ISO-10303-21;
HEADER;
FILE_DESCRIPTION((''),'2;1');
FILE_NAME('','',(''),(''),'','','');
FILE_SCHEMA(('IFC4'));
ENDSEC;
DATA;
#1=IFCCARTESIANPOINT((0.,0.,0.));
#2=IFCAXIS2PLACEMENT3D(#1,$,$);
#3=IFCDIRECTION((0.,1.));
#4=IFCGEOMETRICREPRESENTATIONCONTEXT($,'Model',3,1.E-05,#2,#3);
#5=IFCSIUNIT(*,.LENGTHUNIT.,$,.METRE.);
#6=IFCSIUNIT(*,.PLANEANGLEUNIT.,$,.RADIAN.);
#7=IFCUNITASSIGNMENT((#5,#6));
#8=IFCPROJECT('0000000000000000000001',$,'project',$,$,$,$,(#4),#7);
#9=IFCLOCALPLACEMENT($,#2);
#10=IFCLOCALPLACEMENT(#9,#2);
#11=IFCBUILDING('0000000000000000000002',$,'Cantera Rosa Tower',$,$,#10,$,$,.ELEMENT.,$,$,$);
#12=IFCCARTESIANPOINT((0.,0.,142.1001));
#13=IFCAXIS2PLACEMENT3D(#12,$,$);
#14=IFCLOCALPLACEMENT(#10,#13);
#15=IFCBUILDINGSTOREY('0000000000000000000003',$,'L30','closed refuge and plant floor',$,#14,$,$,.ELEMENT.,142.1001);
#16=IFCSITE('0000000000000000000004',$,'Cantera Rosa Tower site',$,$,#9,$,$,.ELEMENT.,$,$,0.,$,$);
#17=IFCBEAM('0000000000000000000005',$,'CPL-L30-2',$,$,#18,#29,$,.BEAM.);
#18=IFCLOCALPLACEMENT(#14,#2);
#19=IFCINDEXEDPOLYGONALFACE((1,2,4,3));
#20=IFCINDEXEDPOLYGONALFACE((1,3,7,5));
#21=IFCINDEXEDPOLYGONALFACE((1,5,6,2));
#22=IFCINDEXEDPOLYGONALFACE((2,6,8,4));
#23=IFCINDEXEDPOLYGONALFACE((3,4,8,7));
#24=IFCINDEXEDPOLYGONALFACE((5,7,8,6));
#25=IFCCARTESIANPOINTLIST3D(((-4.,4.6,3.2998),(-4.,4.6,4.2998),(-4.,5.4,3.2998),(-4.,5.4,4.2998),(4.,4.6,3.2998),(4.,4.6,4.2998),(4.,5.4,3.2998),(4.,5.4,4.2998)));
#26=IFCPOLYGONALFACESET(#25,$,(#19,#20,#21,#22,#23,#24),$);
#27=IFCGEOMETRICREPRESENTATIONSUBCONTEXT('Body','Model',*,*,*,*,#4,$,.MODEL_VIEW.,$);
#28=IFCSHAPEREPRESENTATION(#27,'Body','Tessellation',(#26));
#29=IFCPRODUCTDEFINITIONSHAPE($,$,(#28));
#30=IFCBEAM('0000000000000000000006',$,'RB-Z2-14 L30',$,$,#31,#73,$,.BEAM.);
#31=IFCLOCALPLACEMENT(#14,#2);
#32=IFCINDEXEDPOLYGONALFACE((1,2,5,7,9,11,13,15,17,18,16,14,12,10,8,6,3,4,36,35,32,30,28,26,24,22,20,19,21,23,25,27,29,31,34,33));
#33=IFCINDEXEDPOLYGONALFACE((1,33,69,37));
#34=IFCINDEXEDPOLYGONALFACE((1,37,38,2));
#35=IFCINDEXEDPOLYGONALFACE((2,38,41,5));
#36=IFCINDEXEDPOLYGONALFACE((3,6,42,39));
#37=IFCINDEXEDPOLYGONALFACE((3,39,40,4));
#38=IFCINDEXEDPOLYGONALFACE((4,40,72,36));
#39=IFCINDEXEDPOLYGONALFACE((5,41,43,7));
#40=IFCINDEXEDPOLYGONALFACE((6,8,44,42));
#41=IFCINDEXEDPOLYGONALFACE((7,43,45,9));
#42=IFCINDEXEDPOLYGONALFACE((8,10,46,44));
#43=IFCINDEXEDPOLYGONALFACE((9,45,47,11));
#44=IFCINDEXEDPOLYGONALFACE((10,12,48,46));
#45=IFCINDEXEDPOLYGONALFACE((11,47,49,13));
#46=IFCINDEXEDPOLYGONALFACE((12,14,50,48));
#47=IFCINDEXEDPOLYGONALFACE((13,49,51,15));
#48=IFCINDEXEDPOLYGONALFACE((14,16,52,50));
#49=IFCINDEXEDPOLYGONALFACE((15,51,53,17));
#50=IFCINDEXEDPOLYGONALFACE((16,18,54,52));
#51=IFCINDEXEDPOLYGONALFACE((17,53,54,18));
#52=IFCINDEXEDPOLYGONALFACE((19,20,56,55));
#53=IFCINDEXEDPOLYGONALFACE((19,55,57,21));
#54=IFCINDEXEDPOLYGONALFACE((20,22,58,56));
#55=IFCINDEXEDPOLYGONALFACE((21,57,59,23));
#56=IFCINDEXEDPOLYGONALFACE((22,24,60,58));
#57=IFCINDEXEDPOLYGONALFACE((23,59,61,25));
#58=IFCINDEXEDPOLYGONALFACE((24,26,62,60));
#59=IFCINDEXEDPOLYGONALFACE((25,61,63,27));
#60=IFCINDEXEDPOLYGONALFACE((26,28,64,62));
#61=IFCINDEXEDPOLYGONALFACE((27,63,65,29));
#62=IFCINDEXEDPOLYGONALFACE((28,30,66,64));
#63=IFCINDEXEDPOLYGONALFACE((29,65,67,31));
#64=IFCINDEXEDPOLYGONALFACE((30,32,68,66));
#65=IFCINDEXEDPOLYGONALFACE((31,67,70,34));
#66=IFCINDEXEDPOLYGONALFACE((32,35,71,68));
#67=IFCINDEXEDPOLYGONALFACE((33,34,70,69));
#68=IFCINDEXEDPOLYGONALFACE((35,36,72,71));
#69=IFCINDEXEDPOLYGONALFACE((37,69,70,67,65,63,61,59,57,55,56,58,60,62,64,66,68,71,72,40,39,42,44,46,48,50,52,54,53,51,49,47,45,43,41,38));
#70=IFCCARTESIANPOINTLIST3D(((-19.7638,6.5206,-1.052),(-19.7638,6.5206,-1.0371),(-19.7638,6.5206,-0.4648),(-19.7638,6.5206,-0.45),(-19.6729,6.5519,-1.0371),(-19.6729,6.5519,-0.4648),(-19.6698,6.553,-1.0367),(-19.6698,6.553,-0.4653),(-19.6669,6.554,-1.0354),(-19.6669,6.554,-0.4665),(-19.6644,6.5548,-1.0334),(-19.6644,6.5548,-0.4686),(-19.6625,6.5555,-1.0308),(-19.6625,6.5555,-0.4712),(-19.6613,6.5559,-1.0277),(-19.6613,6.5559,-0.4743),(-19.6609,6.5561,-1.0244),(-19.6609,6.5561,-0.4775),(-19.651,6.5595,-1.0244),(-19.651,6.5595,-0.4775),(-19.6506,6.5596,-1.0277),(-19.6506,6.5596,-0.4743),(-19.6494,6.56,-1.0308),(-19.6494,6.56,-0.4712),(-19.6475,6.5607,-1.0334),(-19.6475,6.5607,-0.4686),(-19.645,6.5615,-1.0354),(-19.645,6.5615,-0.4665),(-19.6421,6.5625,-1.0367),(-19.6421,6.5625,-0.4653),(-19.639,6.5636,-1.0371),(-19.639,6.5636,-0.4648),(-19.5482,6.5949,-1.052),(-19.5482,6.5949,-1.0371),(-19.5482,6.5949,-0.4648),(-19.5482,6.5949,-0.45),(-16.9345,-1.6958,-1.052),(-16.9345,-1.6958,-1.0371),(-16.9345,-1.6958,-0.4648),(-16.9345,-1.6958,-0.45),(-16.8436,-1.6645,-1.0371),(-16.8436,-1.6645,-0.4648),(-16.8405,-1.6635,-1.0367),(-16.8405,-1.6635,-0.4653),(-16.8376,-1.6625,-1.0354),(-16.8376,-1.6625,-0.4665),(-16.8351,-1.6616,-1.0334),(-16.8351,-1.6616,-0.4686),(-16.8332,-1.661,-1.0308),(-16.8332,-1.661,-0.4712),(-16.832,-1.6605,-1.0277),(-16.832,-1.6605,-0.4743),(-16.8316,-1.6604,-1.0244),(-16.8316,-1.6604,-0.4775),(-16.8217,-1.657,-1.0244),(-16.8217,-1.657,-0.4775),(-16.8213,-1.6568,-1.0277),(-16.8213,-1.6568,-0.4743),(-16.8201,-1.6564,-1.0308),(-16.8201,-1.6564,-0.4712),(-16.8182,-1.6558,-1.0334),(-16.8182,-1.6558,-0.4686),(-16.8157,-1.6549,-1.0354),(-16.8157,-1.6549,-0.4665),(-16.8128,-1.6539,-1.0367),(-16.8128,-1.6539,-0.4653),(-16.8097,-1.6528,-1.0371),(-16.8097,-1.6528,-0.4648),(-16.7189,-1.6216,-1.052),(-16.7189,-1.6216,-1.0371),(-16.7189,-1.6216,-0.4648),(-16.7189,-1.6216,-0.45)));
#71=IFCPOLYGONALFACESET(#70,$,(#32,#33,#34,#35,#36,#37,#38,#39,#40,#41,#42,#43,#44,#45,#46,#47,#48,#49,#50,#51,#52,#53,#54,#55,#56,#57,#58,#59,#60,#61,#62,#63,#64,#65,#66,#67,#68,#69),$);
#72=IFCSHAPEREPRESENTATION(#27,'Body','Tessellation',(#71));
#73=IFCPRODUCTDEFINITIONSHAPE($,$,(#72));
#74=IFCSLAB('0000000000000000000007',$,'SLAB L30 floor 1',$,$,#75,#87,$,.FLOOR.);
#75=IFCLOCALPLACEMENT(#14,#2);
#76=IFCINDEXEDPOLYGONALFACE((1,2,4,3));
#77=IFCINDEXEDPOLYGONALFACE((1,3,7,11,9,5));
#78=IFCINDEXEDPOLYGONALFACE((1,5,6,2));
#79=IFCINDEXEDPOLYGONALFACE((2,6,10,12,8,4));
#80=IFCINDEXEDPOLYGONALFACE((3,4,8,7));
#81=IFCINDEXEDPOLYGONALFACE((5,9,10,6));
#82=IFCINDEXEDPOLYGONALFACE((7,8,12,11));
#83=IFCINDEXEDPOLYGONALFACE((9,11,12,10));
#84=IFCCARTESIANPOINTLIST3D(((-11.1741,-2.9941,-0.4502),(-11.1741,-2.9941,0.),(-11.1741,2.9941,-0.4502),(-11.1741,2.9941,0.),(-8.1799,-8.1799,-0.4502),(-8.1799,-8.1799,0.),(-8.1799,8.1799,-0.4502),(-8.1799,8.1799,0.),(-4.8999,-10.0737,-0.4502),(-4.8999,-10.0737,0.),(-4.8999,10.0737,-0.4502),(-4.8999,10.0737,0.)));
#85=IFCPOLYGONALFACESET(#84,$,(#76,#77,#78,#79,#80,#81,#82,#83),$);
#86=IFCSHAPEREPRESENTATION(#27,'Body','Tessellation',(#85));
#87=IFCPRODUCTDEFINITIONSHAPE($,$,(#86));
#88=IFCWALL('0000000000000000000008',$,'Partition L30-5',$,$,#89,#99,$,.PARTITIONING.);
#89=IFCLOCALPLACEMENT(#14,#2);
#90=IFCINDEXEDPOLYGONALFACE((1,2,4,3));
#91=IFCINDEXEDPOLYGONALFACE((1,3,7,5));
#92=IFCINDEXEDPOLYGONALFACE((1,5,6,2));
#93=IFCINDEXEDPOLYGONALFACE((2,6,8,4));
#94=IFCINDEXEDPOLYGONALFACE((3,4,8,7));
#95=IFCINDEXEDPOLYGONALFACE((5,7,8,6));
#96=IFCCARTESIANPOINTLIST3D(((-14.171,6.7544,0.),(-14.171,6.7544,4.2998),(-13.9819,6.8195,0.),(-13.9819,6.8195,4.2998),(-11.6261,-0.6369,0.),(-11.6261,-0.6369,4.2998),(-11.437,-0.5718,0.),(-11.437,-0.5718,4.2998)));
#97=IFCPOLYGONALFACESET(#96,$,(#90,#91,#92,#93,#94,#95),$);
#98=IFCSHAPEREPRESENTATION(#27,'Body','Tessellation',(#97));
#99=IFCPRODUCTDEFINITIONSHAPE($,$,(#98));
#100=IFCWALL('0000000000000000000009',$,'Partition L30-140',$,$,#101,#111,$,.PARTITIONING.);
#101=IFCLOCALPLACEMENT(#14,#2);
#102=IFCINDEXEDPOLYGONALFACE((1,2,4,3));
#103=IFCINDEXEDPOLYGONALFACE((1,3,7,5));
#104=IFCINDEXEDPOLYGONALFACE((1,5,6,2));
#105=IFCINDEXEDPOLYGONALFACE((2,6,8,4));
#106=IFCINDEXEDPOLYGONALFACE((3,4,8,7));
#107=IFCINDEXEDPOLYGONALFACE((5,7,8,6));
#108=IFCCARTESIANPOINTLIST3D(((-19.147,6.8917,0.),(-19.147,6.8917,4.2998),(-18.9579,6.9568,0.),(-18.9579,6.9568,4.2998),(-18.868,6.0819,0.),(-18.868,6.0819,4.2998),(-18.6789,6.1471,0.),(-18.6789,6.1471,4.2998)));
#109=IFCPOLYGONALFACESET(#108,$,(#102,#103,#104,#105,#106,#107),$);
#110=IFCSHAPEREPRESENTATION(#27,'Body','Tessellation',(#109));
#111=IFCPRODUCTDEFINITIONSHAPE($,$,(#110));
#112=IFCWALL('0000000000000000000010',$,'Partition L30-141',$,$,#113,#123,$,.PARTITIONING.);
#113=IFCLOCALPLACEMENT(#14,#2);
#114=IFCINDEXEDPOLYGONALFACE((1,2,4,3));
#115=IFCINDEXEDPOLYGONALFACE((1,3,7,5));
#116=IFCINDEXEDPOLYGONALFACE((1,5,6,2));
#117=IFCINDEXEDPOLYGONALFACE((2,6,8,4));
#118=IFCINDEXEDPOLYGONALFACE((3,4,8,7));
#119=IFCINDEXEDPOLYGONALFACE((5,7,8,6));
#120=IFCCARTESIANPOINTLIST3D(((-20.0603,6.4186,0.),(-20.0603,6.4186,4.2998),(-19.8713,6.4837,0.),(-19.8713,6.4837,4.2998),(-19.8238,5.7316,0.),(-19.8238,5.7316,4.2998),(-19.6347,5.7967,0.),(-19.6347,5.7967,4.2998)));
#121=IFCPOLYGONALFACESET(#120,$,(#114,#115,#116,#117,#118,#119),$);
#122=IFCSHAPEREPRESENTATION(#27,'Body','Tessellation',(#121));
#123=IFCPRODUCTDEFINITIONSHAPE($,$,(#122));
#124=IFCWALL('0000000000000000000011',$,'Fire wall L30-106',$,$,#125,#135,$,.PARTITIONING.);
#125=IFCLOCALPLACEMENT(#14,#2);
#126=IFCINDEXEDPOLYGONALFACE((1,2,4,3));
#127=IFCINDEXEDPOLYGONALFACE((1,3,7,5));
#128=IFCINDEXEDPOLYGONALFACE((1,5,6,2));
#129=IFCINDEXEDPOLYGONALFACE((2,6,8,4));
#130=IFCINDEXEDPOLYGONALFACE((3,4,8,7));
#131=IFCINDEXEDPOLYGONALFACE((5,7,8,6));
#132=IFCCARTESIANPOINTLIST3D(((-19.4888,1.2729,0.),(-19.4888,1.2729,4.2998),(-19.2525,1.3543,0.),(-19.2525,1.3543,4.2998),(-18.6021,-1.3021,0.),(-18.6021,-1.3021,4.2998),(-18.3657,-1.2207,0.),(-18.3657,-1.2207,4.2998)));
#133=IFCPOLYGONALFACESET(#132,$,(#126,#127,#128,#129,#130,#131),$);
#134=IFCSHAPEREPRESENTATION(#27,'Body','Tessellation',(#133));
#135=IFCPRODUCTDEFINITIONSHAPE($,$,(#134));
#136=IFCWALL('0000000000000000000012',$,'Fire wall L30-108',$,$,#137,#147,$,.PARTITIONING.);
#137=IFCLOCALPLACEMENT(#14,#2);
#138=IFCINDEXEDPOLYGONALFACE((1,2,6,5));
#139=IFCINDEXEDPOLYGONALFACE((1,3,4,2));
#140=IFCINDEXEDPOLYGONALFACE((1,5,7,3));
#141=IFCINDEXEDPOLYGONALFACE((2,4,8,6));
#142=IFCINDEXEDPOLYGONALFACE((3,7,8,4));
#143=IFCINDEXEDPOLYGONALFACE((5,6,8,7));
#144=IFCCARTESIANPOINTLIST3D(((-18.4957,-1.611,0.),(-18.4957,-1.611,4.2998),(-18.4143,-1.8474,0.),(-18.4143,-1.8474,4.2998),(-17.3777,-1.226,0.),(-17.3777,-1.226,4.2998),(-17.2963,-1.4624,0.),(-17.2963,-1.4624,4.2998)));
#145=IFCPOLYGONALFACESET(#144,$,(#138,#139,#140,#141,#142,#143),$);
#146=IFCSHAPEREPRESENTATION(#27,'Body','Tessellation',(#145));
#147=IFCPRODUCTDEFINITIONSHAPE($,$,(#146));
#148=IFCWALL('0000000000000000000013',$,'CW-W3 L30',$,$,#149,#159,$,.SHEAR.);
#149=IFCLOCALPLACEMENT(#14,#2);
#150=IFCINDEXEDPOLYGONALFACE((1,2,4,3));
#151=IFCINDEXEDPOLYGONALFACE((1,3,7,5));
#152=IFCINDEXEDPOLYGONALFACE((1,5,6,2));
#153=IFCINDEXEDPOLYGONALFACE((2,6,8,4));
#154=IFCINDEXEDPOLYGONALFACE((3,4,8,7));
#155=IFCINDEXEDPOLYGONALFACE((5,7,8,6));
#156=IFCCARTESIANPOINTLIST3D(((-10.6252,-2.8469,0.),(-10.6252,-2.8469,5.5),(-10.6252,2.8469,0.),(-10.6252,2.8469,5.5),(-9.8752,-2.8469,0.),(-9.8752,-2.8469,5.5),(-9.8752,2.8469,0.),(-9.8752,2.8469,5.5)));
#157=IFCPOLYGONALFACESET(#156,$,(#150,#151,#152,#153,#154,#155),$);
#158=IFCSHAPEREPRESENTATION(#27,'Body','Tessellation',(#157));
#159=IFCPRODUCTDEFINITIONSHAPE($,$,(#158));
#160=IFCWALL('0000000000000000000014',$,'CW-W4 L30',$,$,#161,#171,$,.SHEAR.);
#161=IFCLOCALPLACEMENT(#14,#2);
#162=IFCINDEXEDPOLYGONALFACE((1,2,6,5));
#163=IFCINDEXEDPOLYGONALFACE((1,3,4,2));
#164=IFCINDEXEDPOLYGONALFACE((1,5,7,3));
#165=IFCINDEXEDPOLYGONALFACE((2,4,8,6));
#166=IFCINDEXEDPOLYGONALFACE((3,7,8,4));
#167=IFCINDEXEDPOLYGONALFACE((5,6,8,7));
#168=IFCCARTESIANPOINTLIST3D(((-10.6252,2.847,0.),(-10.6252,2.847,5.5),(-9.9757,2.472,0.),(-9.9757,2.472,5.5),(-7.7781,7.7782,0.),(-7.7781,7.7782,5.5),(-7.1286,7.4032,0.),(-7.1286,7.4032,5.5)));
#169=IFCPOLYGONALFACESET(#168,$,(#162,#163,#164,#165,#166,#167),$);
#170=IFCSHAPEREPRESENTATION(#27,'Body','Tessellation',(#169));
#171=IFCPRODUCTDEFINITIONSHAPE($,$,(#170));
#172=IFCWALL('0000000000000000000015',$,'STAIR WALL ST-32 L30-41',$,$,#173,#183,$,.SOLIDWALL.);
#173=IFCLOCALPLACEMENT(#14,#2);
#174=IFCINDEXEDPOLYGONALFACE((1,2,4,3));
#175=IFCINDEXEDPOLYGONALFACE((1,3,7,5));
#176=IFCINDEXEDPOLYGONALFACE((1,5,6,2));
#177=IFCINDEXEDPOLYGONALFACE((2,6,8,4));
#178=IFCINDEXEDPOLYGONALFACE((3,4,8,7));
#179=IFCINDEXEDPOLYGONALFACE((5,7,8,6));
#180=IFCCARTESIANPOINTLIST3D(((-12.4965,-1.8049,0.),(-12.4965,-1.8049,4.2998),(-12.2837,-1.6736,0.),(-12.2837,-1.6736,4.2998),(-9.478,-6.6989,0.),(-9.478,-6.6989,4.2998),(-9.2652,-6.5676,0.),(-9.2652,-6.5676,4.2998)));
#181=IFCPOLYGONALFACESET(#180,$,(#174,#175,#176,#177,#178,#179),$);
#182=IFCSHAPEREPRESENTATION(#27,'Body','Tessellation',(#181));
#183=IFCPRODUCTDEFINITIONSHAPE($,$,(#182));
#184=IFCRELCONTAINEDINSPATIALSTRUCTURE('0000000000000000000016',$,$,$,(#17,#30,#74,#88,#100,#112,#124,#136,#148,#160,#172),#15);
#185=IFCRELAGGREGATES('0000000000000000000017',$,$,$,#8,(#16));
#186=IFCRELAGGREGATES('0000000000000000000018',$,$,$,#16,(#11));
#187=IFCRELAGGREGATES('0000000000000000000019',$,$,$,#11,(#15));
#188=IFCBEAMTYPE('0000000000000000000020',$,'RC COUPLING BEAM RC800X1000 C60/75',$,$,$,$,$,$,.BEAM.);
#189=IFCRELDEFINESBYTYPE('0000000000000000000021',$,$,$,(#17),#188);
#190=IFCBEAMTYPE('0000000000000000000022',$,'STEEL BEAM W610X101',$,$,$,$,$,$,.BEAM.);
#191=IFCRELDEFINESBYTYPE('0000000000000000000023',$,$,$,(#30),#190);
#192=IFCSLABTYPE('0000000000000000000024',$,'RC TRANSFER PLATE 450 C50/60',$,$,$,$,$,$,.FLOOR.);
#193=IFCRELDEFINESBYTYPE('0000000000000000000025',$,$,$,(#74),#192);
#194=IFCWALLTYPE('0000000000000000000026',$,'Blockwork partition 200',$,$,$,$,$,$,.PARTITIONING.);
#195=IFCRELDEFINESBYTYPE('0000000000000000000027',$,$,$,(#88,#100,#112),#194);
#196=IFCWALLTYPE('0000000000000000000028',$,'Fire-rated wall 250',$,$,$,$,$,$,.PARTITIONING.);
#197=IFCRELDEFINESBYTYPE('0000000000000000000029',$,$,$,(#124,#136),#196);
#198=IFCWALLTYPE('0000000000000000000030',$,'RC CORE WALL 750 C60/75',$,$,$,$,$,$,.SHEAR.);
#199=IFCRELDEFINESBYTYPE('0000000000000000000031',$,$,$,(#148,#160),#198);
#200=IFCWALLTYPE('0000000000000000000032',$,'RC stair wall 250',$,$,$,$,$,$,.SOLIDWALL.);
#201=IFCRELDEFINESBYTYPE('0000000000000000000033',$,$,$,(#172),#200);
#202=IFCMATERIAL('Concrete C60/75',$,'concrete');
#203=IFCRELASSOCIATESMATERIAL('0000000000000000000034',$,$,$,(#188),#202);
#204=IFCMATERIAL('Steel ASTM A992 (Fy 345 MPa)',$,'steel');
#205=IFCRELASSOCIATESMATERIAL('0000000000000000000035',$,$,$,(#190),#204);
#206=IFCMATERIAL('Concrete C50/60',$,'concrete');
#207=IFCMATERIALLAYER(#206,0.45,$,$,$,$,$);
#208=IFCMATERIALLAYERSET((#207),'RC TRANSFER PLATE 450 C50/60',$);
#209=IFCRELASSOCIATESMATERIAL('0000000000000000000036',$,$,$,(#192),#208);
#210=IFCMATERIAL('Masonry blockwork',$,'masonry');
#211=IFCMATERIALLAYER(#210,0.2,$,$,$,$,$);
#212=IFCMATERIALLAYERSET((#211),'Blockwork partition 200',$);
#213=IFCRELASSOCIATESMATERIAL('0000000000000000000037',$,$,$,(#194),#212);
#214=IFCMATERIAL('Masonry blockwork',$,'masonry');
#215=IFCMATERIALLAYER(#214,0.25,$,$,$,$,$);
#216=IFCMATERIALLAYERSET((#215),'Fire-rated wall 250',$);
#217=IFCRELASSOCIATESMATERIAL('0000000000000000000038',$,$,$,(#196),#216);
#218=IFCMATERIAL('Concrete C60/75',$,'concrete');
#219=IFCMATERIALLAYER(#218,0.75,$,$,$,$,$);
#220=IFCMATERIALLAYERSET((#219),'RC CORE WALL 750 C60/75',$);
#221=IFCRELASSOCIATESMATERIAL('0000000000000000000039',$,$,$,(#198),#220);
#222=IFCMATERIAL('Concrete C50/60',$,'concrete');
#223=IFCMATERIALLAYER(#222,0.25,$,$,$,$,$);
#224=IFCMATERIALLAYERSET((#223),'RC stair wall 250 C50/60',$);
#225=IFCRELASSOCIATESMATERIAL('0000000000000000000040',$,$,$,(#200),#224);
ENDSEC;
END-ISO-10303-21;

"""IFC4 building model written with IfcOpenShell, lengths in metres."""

from ifc_helpers import new_model, si_unit, direction, frame, frame_2d, origin, origin_2d, place, context, subcontext, project, spatial, polyline, rectangle, i_section, outline, extrude, material, layer, layer_set, material_profile, profile_set, type_object, element, save


model = new_model("IFC4")

# Units and contexts
model_context = context("Model", 3, precision=1e-05, world=origin(), true_north=direction((0.0, 1.0)))
body_context = subcontext(model_context, "Body", "Model", "MODEL_VIEW")
ifc_project = project(units=[si_unit("LENGTHUNIT", "METRE"), si_unit("PLANEANGLEUNIT", "RADIAN")], contexts=[model_context])

# Site, building, storey
site_placement = place(None, origin())
site = spatial("IfcSite", under=ifc_project, at=site_placement, Name="Cantera Rosa Tower site", CompositionType="ELEMENT", RefElevation=0.0)
building_placement = place(site_placement, origin())
building = spatial("IfcBuilding", under=site, at=building_placement, Name="Cantera Rosa Tower", CompositionType="ELEMENT")
storey_placement = place(building_placement, frame((0.0, 0.0, 142.1001)))
storey = spatial("IfcBuildingStorey", under=building, at=storey_placement, Name="L30", Description="closed refuge and plant floor", CompositionType="ELEMENT", Elevation=142.1001)

# Beams
ifc_material_1 = material(Name="Concrete C60/75", Category="concrete")
ifc_material_profile_1 = material_profile(ifc_material_1, rectangle(XDim=0.8, YDim=1.0, at=origin_2d()), Name="RC COUPLING BEAM RC800X1000 C60/75")
ifc_profile_set_1 = profile_set([ifc_material_profile_1], Name="Concrete C60/75")
beam_type_1 = type_object("IfcBeamType", Name="RC COUPLING BEAM RC800X1000 C60/75", PredefinedType="BEAM", material=ifc_profile_set_1)
beam_1_placement = place(storey_placement, frame((-4.0, 5.0, 3.7998), z_axis=(1.0, 0.0, 0.0), x_axis=(0.0, 1.0, 0.0)))
element("IfcBeam", 1, at=beam_1_placement, inside=storey, type_object=beam_type_1, Name="CPL-L30-2", PredefinedType="BEAM", context=body_context, shape_type="SweptSolid", body=[
    extrude(rectangle(XDim=0.8, YDim=1.0, at=origin_2d()), origin(), (0.0, 0.0, 1.0), 8.0),
])
ifc_material_2 = material(Name="Steel ASTM A992 (Fy 345 MPa)", Category="steel")
ifc_material_profile_2 = material_profile(ifc_material_2, i_section(OverallWidth=0.228, OverallDepth=0.6021, WebThickness=0.0105, FlangeThickness=0.0149, FilletRadius=0.0127, at=origin_2d()), Name="W610X101")
ifc_profile_set_2 = profile_set([ifc_material_profile_2], Name="Steel ASTM A992 (Fy 345 MPa)")
beam_type_2 = type_object("IfcBeamType", Name="STEEL BEAM W610X101", PredefinedType="BEAM", material=ifc_profile_set_2)
beam_2_placement = place(storey_placement, frame((-16.8267, -1.6587, -0.751), z_axis=(-0.325585, 0.945513, 0.0), x_axis=(-0.945513, -0.325585, 0.0)))
element("IfcBeam", 2, at=beam_2_placement, inside=storey, type_object=beam_type_2, Name="RB-Z2-14 L30", PredefinedType="BEAM", context=body_context, shape_type="SweptSolid", body=[
    extrude(i_section(OverallWidth=0.228, OverallDepth=0.6021, WebThickness=0.0105, FlangeThickness=0.0149, FilletRadius=0.0127, at=origin_2d()), origin(), (0.0, 0.0, 1.0), 8.6899),
])

# Slab
ifc_material_3 = material(Name="Concrete C50/60", Category="concrete")
ifc_layer_1 = layer(ifc_material_3, 0.45)
ifc_layer_set_1 = layer_set([ifc_layer_1], Name="RC TRANSFER PLATE 450 C50/60")
slab_type = type_object("IfcSlabType", Name="RC TRANSFER PLATE 450 C50/60", PredefinedType="FLOOR", material=ifc_layer_set_1)
slab_placement = place(storey_placement, frame((0.0, 0.0, -0.4502)))
element("IfcSlab", 3, at=slab_placement, inside=storey, type_object=slab_type, Name="SLAB L30 floor 1", PredefinedType="FLOOR", context=body_context, shape_type="SweptSolid", body=[
    extrude(outline(polyline([(-4.8999, -10.0737), (-8.1799, -8.1799), (-11.1741, -2.9941), (-11.1741, 2.9941), (-8.1799, 8.1799), (-4.8999, 10.0737), (-4.8999, -10.0737)])), origin(), (0.0, 0.0, 1.0), 0.4502),
])

# Walls
ifc_material_4 = material(Name="Masonry blockwork", Category="masonry")
ifc_layer_2 = layer(ifc_material_4, 0.2)
ifc_layer_set_2 = layer_set([ifc_layer_2], Name="Blockwork partition 200")
wall_type_1 = type_object("IfcWallType", Name="Blockwork partition 200", PredefinedType="PARTITIONING", material=ifc_layer_set_2)
wall_1_placement = place(storey_placement, frame((-11.5315, -0.6045, 0.0), z_axis=(0.0, 0.0, 1.0), x_axis=(-0.325554, 0.945524, 0.0)))
element("IfcWall", 4, at=wall_1_placement, inside=storey, type_object=wall_type_1, Name="Partition L30-5", PredefinedType="PARTITIONING", context=body_context, shape_type="SweptSolid", body=[
    extrude(rectangle(XDim=7.8171, YDim=0.2, at=frame_2d((3.9087, 0.0))), origin(), (0.0, 0.0, 1.0), 4.2998),
])
wall_2_placement = place(storey_placement, frame((-18.7734, 6.1145, 0.0), z_axis=(0.0, 0.0, 1.0), x_axis=(-0.325789, 0.945443, 0.0)))
element("IfcWall", 5, at=wall_2_placement, inside=storey, type_object=wall_type_1, Name="Partition L30-140", PredefinedType="PARTITIONING", context=body_context, shape_type="SweptSolid", body=[
    extrude(rectangle(XDim=0.8564, YDim=0.2, at=frame_2d((0.4282, 0.0))), origin(), (0.0, 0.0, 1.0), 4.2998),
])
wall_3_placement = place(storey_placement, frame((-19.7292, 5.7642, 0.0), z_axis=(0.0, 0.0, 1.0), x_axis=(-0.325587, 0.945512, 0.0)))
element("IfcWall", 6, at=wall_3_placement, inside=storey, type_object=wall_type_1, Name="Partition L30-141", PredefinedType="PARTITIONING", context=body_context, shape_type="SweptSolid", body=[
    extrude(rectangle(XDim=0.7266, YDim=0.2, at=frame_2d((0.3633, 0.0))), origin(), (0.0, 0.0, 1.0), 4.2998),
])
ifc_material_5 = material(Name="Masonry blockwork", Category="masonry")
ifc_layer_3 = layer(ifc_material_5, 0.25)
ifc_layer_set_3 = layer_set([ifc_layer_3], Name="Fire-rated wall 250")
wall_type_2 = type_object("IfcWallType", Name="Fire-rated wall 250", PredefinedType="PARTITIONING", material=ifc_layer_set_3)
wall_4_placement = place(storey_placement, frame((-18.4839, -1.2615, 0.0), z_axis=(0.0, 0.0, 1.0), x_axis=(-0.325598, 0.945508, 0.0)))
element("IfcWall", 7, at=wall_4_placement, inside=storey, type_object=wall_type_2, Name="Fire wall L30-106", PredefinedType="PARTITIONING", context=body_context, shape_type="SweptSolid", body=[
    extrude(rectangle(XDim=2.7234, YDim=0.25, at=frame_2d((1.3618, 0.0))), origin(), (0.0, 0.0, 1.0), 4.2998),
])
wall_5_placement = place(storey_placement, frame((-18.4551, -1.7292, 0.0), z_axis=(0.0, 0.0, 1.0), x_axis=(0.945498, 0.325628, 0.0)))
element("IfcWall", 8, at=wall_5_placement, inside=storey, type_object=wall_type_2, Name="Fire wall L30-108", PredefinedType="PARTITIONING", context=body_context, shape_type="SweptSolid", body=[
    extrude(rectangle(XDim=1.1824, YDim=0.25, at=frame_2d((0.5913, 0.0))), origin(), (0.0, 0.0, 1.0), 4.2998),
])
ifc_material_6 = material(Name="Concrete C60/75", Category="concrete")
ifc_layer_4 = layer(ifc_material_6, 0.75)
ifc_layer_set_4 = layer_set([ifc_layer_4], Name="RC CORE WALL 750 C60/75")
wall_type_3 = type_object("IfcWallType", Name="RC CORE WALL 750 C60/75", PredefinedType="SHEAR", material=ifc_layer_set_4)
wall_6_placement = place(storey_placement, frame((-10.2502, -2.8469, 0.0), z_axis=(0.0, 0.0, 1.0), x_axis=(0.0, 1.0, 0.0)))
element("IfcWall", 9, at=wall_6_placement, inside=storey, type_object=wall_type_3, Name="CW-W3 L30", PredefinedType="SHEAR", context=body_context, shape_type="SweptSolid", body=[
    extrude(rectangle(XDim=5.6938, YDim=0.75, at=frame_2d((2.8469, 0.0))), origin(), (0.0, 0.0, 1.0), 5.5),
])
wall_7_placement = place(storey_placement, frame((-10.3005, 2.6594, 0.0), z_axis=(0.0, 0.0, 1.0), x_axis=(0.500022, 0.866013, 0.0)))
element("IfcWall", 10, at=wall_7_placement, inside=storey, type_object=wall_type_3, Name="CW-W4 L30", PredefinedType="SHEAR", context=body_context, shape_type="SweptSolid", body=[
    extrude(rectangle(XDim=5.6941, YDim=0.75, at=frame_2d((2.8472, 0.0))), origin(), (0.0, 0.0, 1.0), 5.5),
])
ifc_material_7 = material(Name="Concrete C50/60", Category="concrete")
ifc_layer_5 = layer(ifc_material_7, 0.25)
ifc_layer_set_5 = layer_set([ifc_layer_5], Name="RC stair wall 250 C50/60")
wall_type_4 = type_object("IfcWallType", Name="RC stair wall 250", PredefinedType="SOLIDWALL", material=ifc_layer_set_5)
wall_8_placement = place(storey_placement, frame((-12.3901, -1.7393, 0.0), z_axis=(0.0, 0.0, 1.0), x_axis=(0.524959, -0.851127, 0.0)))
element("IfcWall", 11, at=wall_8_placement, inside=storey, type_object=wall_type_4, Name="STAIR WALL ST-32 L30-41", PredefinedType="SOLIDWALL", context=body_context, shape_type="SweptSolid", body=[
    extrude(rectangle(XDim=5.75, YDim=0.25, at=frame_2d((2.875, 0.0))), origin(), (0.0, 0.0, 1.0), 4.2998),
])

save(model, "model.ifc")
